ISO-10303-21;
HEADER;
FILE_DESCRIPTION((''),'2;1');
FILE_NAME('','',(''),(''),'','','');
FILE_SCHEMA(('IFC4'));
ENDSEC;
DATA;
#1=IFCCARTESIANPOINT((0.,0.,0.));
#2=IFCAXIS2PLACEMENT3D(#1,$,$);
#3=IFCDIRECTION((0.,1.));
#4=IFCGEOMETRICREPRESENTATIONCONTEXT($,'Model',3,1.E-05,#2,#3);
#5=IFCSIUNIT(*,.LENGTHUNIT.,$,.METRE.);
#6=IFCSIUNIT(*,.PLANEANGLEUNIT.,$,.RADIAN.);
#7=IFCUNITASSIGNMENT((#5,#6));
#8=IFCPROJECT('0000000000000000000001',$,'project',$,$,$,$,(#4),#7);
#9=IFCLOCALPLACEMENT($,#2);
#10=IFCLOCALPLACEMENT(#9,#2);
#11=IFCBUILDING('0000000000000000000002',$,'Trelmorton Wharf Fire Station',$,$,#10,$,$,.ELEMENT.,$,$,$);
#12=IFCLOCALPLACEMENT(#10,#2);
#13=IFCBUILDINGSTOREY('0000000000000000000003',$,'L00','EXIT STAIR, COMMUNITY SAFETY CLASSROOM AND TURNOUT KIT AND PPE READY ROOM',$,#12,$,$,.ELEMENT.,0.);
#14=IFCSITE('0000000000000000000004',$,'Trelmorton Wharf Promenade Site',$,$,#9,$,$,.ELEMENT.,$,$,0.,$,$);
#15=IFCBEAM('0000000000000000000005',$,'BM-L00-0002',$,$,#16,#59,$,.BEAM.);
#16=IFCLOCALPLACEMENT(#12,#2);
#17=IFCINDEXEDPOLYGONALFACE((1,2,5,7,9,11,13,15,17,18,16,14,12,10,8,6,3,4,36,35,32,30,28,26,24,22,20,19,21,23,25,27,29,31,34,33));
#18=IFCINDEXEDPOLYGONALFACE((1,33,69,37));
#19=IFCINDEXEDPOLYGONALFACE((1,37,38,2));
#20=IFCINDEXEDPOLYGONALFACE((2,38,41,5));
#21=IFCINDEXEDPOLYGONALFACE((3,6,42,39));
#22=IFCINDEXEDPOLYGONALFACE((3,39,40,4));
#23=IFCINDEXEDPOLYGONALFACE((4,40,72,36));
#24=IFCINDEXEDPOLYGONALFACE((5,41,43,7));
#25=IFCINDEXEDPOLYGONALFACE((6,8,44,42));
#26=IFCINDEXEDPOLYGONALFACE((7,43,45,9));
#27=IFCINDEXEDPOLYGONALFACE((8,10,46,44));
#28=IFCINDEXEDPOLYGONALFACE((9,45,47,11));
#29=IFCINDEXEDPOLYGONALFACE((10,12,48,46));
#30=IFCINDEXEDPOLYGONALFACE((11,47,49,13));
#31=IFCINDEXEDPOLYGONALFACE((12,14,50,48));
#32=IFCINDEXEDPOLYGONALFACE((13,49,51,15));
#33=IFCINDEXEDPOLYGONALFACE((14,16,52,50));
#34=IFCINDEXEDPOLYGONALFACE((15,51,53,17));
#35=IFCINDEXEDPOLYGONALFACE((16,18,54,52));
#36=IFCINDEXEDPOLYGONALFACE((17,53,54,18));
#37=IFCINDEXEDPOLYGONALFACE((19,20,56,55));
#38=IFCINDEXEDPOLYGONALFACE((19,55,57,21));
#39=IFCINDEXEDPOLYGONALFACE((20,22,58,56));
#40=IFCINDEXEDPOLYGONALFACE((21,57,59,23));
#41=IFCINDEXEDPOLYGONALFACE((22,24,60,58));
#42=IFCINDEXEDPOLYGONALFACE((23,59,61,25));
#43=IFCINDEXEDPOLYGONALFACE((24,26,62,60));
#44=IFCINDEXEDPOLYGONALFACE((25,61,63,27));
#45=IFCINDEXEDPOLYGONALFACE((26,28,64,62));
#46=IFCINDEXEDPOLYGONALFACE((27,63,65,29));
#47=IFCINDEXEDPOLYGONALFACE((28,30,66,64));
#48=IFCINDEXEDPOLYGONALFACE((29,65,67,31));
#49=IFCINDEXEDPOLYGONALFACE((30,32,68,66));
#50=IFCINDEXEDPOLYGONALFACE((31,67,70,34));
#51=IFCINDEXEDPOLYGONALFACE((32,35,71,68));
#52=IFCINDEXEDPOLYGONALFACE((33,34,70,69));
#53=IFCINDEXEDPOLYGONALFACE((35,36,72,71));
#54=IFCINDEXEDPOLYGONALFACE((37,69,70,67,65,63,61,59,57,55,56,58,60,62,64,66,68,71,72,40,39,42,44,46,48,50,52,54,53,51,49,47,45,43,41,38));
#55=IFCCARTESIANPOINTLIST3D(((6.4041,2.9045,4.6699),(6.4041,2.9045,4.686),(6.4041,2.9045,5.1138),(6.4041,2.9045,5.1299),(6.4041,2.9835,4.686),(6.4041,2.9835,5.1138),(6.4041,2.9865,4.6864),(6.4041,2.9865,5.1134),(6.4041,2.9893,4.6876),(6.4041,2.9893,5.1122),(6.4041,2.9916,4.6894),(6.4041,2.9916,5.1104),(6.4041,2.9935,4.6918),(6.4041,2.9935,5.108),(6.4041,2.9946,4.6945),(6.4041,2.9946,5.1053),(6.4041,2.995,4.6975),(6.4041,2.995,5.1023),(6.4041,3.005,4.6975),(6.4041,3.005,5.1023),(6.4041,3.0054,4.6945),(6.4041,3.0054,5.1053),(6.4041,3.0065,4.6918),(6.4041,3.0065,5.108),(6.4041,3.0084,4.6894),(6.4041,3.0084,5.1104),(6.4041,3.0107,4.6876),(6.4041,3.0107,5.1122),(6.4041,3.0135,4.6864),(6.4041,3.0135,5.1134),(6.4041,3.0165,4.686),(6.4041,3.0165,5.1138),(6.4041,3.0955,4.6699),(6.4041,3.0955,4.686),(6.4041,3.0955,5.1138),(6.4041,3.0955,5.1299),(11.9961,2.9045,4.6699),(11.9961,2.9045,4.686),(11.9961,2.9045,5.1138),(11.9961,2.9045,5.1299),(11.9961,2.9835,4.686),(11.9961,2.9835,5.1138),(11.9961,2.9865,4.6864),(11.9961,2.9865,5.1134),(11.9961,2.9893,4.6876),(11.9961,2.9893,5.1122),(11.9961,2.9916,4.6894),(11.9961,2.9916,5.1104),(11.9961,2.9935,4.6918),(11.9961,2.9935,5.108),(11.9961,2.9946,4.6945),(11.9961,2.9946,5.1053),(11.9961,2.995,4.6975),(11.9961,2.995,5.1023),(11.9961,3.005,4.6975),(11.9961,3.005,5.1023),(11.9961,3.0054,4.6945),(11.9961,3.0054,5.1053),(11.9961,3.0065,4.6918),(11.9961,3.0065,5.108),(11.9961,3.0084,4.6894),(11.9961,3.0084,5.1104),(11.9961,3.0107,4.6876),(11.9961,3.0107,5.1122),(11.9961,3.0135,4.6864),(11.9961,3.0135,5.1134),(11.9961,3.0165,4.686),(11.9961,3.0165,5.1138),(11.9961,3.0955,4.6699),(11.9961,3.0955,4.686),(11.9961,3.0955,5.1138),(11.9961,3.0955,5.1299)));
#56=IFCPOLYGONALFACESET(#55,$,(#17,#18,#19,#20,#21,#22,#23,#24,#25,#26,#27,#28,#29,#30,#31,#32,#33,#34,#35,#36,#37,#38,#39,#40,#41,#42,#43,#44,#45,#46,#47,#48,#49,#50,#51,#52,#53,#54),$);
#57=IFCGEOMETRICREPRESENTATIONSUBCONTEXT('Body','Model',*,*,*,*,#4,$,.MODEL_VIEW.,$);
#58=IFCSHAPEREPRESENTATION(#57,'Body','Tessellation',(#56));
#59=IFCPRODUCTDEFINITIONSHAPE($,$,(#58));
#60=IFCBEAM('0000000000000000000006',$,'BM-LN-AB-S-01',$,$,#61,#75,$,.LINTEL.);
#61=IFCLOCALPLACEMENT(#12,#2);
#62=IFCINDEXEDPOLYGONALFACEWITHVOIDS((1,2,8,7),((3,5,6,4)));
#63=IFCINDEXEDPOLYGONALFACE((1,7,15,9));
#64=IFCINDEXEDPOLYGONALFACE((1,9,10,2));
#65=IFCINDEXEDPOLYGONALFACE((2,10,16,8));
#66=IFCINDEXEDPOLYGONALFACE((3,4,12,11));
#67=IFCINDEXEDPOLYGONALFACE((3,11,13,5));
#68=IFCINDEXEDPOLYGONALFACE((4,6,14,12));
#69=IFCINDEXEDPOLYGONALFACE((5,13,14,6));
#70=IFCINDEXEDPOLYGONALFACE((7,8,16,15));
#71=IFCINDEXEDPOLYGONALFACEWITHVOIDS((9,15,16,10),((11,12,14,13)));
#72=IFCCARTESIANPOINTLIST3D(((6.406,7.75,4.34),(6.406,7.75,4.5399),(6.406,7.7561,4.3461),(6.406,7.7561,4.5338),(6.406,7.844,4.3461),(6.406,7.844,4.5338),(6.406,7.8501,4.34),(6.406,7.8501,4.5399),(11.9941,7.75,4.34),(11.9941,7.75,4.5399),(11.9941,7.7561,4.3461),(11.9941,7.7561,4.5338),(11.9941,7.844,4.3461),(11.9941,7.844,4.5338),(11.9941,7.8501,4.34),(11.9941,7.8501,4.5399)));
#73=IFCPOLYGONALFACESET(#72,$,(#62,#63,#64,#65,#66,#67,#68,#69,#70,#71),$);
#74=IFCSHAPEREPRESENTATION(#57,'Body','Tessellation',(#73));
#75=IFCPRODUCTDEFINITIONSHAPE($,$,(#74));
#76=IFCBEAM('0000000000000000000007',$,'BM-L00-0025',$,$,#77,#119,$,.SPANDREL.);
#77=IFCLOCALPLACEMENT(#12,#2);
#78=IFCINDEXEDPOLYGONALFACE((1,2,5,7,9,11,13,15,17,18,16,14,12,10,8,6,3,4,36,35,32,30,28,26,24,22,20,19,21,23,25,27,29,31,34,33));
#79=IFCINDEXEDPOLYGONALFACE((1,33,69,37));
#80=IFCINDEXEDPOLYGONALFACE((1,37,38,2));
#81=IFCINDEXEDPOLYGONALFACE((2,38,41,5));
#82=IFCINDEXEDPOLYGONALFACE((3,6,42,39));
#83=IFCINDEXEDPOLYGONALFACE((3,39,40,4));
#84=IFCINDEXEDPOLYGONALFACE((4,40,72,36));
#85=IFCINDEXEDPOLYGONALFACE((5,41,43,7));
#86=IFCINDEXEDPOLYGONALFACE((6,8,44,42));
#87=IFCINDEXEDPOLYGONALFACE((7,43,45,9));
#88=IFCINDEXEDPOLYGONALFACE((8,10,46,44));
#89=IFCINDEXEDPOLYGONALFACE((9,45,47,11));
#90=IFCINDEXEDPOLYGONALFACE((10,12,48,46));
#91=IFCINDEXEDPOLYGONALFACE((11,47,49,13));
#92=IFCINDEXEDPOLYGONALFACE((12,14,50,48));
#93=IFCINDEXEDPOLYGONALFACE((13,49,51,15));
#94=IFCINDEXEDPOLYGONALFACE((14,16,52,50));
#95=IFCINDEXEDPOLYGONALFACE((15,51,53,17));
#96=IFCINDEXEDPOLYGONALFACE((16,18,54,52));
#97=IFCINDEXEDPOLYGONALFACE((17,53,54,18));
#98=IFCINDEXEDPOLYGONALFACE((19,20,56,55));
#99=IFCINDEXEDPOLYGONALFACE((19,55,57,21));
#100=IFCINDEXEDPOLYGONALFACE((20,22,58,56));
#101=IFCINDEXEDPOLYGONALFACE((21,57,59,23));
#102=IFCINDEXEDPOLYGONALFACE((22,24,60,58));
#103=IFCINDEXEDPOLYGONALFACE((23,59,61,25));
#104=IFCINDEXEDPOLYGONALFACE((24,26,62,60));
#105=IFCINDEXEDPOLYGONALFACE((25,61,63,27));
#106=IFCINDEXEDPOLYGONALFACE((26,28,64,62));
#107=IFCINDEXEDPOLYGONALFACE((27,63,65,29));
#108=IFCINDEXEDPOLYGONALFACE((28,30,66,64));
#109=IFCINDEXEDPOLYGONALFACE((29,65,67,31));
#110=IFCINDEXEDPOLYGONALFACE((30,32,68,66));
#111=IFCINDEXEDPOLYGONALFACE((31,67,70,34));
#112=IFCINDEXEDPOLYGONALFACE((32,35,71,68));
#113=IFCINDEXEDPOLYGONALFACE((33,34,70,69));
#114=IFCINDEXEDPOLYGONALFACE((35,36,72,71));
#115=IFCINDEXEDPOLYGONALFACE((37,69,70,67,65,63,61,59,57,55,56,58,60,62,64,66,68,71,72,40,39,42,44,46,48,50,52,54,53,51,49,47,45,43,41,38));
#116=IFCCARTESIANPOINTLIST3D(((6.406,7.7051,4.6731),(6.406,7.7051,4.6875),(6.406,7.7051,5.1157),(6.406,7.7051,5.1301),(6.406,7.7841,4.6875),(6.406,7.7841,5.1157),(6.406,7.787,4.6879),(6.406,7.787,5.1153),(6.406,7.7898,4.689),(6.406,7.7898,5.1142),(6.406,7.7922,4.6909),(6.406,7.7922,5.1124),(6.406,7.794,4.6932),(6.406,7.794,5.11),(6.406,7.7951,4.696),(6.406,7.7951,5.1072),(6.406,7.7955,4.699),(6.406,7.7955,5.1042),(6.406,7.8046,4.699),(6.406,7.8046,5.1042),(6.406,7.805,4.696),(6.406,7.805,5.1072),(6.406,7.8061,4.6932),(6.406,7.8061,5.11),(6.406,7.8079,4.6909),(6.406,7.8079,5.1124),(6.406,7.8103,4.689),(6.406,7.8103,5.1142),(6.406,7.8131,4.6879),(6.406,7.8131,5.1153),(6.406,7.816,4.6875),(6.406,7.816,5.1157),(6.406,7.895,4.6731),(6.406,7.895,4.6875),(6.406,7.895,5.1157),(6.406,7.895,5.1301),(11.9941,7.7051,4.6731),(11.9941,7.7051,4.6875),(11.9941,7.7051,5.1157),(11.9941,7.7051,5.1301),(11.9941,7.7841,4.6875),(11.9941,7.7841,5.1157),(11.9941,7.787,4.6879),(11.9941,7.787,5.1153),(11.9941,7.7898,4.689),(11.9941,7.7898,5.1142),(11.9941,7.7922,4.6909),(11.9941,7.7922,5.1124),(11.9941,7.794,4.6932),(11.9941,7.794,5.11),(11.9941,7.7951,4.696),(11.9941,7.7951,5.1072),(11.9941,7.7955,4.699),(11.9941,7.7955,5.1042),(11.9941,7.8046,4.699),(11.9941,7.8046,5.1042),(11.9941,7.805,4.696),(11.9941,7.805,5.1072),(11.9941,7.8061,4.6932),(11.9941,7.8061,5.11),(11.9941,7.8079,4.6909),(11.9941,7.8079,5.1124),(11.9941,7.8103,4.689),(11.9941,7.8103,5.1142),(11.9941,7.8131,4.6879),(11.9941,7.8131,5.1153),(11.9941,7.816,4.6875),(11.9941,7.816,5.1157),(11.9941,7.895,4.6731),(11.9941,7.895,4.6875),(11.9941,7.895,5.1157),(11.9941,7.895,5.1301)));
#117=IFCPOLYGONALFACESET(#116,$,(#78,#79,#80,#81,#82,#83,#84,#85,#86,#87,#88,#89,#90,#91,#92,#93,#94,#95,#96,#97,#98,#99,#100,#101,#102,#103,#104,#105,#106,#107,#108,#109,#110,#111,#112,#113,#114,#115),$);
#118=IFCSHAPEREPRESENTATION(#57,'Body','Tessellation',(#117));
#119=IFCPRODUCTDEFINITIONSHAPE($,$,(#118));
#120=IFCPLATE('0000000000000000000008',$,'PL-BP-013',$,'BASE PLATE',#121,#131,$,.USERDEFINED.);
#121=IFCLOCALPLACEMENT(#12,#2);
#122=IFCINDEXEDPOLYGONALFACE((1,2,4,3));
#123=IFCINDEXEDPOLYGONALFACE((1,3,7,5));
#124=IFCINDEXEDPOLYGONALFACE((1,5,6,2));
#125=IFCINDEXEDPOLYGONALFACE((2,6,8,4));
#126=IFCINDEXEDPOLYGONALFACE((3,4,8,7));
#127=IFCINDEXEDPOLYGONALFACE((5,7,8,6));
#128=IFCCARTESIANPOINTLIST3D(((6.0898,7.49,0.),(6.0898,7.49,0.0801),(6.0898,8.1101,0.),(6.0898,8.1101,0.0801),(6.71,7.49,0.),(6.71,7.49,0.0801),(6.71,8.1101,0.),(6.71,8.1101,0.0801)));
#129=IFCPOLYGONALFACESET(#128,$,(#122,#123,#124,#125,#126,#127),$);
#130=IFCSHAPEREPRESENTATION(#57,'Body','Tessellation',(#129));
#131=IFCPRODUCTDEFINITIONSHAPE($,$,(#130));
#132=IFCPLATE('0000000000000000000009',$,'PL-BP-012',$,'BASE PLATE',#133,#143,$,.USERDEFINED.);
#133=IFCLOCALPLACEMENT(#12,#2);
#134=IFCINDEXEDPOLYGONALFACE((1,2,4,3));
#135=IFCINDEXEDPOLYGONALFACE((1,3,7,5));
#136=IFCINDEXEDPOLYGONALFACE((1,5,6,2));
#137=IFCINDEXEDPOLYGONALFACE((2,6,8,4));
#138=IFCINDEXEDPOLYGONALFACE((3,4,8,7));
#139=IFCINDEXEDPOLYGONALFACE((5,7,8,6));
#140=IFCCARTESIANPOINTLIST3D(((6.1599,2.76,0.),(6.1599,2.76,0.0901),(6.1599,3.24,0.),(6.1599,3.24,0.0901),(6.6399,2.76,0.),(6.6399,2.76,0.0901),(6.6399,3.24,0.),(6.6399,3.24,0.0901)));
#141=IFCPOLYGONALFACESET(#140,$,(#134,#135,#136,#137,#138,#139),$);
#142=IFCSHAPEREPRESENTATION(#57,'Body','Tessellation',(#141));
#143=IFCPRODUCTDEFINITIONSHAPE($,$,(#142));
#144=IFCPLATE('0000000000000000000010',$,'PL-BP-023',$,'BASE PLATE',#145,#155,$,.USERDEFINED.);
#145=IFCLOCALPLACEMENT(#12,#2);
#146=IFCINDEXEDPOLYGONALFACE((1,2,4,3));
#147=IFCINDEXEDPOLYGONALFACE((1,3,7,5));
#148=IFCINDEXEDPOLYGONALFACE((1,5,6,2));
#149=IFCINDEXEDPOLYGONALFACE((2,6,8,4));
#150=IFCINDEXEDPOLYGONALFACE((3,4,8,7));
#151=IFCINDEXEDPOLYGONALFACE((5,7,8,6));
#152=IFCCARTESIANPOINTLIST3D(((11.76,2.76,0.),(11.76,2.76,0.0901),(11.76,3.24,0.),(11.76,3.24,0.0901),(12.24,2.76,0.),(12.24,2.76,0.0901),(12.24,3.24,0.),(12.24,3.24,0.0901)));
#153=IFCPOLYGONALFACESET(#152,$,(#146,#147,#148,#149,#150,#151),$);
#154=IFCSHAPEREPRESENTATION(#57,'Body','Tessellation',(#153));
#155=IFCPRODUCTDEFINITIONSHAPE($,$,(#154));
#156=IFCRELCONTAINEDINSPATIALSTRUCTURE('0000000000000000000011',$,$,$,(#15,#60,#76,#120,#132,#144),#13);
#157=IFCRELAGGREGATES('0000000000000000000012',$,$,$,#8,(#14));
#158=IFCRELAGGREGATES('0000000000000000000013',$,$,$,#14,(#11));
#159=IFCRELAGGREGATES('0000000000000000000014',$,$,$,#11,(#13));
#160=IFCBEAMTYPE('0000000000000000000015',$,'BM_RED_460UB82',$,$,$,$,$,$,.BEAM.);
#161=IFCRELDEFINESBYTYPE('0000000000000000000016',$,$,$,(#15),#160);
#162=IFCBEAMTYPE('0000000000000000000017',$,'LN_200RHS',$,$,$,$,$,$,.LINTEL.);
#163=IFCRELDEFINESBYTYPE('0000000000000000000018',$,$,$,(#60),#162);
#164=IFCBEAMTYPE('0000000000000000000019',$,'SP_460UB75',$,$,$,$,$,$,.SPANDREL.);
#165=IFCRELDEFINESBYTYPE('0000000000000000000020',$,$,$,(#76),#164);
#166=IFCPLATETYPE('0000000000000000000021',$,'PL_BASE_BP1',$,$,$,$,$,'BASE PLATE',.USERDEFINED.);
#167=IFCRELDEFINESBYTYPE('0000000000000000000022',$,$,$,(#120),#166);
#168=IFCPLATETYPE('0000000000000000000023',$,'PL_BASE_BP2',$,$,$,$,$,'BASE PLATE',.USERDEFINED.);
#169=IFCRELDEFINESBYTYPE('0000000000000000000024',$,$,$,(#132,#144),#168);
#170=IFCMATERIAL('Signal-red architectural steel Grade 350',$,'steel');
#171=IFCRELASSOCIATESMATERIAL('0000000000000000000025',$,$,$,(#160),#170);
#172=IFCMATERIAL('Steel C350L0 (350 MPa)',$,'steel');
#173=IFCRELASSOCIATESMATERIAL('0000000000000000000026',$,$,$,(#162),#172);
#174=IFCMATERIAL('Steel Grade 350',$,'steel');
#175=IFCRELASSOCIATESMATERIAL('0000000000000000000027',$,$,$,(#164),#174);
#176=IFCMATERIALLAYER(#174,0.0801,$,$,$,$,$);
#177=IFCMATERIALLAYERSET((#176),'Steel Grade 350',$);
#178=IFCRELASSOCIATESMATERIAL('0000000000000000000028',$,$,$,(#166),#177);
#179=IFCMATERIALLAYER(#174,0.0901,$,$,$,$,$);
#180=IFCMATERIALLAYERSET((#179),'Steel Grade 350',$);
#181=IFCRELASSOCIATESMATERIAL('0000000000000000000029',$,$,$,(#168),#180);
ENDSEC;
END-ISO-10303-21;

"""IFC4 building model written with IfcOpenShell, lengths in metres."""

from ifc_helpers import new_model, si_unit, direction, frame, origin, origin_2d, place, context, subcontext, project, spatial, rectangle, hollow_rectangle, i_section, extrude, material, layer, layer_set, material_profile, profile_set, type_object, element, save


model = new_model("IFC4")

# Units and contexts
model_context = context("Model", 3, precision=1e-05, world=origin(), true_north=direction((0.0, 1.0)))
body_context = subcontext(model_context, "Body", "Model", "MODEL_VIEW")
ifc_project = project(units=[si_unit("LENGTHUNIT", "METRE"), si_unit("PLANEANGLEUNIT", "RADIAN")], contexts=[model_context])

# Site, building, storey
site_placement = place(None, origin())
site = spatial("IfcSite", under=ifc_project, at=site_placement, Name="Trelmorton Wharf Promenade Site", CompositionType="ELEMENT", RefElevation=0.0)
building_placement = place(site_placement, origin())
building = spatial("IfcBuilding", under=site, at=building_placement, Name="Trelmorton Wharf Fire Station", CompositionType="ELEMENT")
storey_placement = place(building_placement, origin())
storey = spatial("IfcBuildingStorey", under=building, at=storey_placement, Name="L00", Description="EXIT STAIR, COMMUNITY SAFETY CLASSROOM AND TURNOUT KIT AND PPE READY ROOM", CompositionType="ELEMENT", Elevation=0.0)

# Shared definitions
ifc_material_1 = material(Name="Steel Grade 350", Category="steel")
ifc_material_2 = material(Name="Signal-red architectural steel Grade 350", Category="steel")

# Beams
ifc_material_profile_1 = material_profile(ifc_material_2, i_section(OverallWidth=0.1909, OverallDepth=0.46, WebThickness=0.01, FlangeThickness=0.0161, FilletRadius=0.0115, at=origin_2d()), Name="460UB82.1")
ifc_profile_set_1 = profile_set([ifc_material_profile_1], Name="Signal-red architectural steel Grade 350")
beam_type_1 = type_object("IfcBeamType", Name="BM_RED_460UB82", PredefinedType="BEAM", material=ifc_profile_set_1)
beam_1_placement = place(storey_placement, frame((6.4041, 3.0, 4.8999), z_axis=(1.0, 0.0, 0.0), x_axis=(0.0, 1.0, 0.0)))
element("IfcBeam", 1, at=beam_1_placement, inside=storey, type_object=beam_type_1, Name="BM-L00-0002", PredefinedType="BEAM", context=body_context, shape_type="SweptSolid", body=[
    extrude(i_section(OverallWidth=0.1909, OverallDepth=0.46, WebThickness=0.01, FlangeThickness=0.0161, FilletRadius=0.0115, at=origin_2d()), origin(), (0.0, 0.0, 1.0), 5.592),
])
ifc_material_3 = material(Name="Steel C350L0 (350 MPa)", Category="steel")
ifc_material_profile_2 = material_profile(ifc_material_3, hollow_rectangle(XDim=0.1001, YDim=0.2, WallThickness=0.0061, at=origin_2d()), Name="200x100x6.0RHS")
ifc_profile_set_2 = profile_set([ifc_material_profile_2], Name="Steel C350L0 (350 MPa)")
beam_type_2 = type_object("IfcBeamType", Name="LN_200RHS", PredefinedType="LINTEL", material=ifc_profile_set_2)
beam_2_placement = place(storey_placement, frame((6.406, 7.8, 4.4399), z_axis=(1.0, 0.0, 0.0), x_axis=(0.0, 1.0, 0.0)))
element("IfcBeam", 2, at=beam_2_placement, inside=storey, type_object=beam_type_2, Name="BM-LN-AB-S-01", PredefinedType="LINTEL", context=body_context, shape_type="SweptSolid", body=[
    extrude(hollow_rectangle(XDim=0.1001, YDim=0.2, WallThickness=0.0061, at=origin_2d()), origin(), (0.0, 0.0, 1.0), 5.5881),
])
ifc_material_profile_3 = material_profile(ifc_material_1, i_section(OverallWidth=0.1899, OverallDepth=0.457, WebThickness=0.009, FlangeThickness=0.0144, FilletRadius=0.0115, at=origin_2d()), Name="460UB74.6")
ifc_profile_set_3 = profile_set([ifc_material_profile_3], Name="Steel Grade 350")
beam_type_3 = type_object("IfcBeamType", Name="SP_460UB75", PredefinedType="SPANDREL", material=ifc_profile_set_3)
beam_3_placement = place(storey_placement, frame((6.406, 7.8, 4.9016), z_axis=(1.0, 0.0, 0.0), x_axis=(0.0, 1.0, 0.0)))
element("IfcBeam", 3, at=beam_3_placement, inside=storey, type_object=beam_type_3, Name="BM-L00-0025", PredefinedType="SPANDREL", context=body_context, shape_type="SweptSolid", body=[
    extrude(i_section(OverallWidth=0.1899, OverallDepth=0.457, WebThickness=0.009, FlangeThickness=0.0144, FilletRadius=0.0115, at=origin_2d()), origin(), (0.0, 0.0, 1.0), 5.5881),
])

# Plates
ifc_layer_1 = layer(ifc_material_1, 0.0801)
ifc_layer_set_1 = layer_set([ifc_layer_1], Name="Steel Grade 350")
plate_type_1 = type_object("IfcPlateType", Name="PL_BASE_BP1", ElementType="BASE PLATE", PredefinedType="USERDEFINED", material=ifc_layer_set_1)
plate_placement = place(storey_placement, frame((6.3999, 7.8, 0.0), z_axis=(0.0, 0.0, 1.0), x_axis=(1.0, 0.0, 0.0)))
element("IfcPlate", 4, at=plate_placement, inside=storey, type_object=plate_type_1, Name="PL-BP-013", ObjectType="BASE PLATE", PredefinedType="USERDEFINED", context=body_context, shape_type="SweptSolid", body=[
    extrude(rectangle(XDim=0.6201, YDim=0.6201, at=origin_2d()), origin(), (0.0, 0.0, 1.0), 0.0801),
])
ifc_layer_2 = layer(ifc_material_1, 0.0901)
ifc_layer_set_2 = layer_set([ifc_layer_2], Name="Steel Grade 350")
plate_type_2 = type_object("IfcPlateType", Name="PL_BASE_BP2", ElementType="BASE PLATE", PredefinedType="USERDEFINED", material=ifc_layer_set_2)
for number, where, z_axis, x_axis, name in (
    (5, (6.3999, 3.0, 0.0), (0.0, 0.0, 1.0), (1.0, 0.0, 0.0), "PL-BP-012"),
    (6, (12.0, 3.0, 0.0), (0.0, 0.0, 1.0), (1.0, 0.0, 0.0), "PL-BP-023"),
):
    element("IfcPlate", number, at=place(storey_placement, frame(where, z_axis=z_axis, x_axis=x_axis)), inside=storey, type_object=plate_type_2, Name=name, ObjectType="BASE PLATE", PredefinedType="USERDEFINED", context=body_context, shape_type="SweptSolid", body=[
        extrude(rectangle(XDim=0.48, YDim=0.48, at=origin_2d()), origin(), (0.0, 0.0, 1.0), 0.0901),
    ])

save(model, "model.ifc")
